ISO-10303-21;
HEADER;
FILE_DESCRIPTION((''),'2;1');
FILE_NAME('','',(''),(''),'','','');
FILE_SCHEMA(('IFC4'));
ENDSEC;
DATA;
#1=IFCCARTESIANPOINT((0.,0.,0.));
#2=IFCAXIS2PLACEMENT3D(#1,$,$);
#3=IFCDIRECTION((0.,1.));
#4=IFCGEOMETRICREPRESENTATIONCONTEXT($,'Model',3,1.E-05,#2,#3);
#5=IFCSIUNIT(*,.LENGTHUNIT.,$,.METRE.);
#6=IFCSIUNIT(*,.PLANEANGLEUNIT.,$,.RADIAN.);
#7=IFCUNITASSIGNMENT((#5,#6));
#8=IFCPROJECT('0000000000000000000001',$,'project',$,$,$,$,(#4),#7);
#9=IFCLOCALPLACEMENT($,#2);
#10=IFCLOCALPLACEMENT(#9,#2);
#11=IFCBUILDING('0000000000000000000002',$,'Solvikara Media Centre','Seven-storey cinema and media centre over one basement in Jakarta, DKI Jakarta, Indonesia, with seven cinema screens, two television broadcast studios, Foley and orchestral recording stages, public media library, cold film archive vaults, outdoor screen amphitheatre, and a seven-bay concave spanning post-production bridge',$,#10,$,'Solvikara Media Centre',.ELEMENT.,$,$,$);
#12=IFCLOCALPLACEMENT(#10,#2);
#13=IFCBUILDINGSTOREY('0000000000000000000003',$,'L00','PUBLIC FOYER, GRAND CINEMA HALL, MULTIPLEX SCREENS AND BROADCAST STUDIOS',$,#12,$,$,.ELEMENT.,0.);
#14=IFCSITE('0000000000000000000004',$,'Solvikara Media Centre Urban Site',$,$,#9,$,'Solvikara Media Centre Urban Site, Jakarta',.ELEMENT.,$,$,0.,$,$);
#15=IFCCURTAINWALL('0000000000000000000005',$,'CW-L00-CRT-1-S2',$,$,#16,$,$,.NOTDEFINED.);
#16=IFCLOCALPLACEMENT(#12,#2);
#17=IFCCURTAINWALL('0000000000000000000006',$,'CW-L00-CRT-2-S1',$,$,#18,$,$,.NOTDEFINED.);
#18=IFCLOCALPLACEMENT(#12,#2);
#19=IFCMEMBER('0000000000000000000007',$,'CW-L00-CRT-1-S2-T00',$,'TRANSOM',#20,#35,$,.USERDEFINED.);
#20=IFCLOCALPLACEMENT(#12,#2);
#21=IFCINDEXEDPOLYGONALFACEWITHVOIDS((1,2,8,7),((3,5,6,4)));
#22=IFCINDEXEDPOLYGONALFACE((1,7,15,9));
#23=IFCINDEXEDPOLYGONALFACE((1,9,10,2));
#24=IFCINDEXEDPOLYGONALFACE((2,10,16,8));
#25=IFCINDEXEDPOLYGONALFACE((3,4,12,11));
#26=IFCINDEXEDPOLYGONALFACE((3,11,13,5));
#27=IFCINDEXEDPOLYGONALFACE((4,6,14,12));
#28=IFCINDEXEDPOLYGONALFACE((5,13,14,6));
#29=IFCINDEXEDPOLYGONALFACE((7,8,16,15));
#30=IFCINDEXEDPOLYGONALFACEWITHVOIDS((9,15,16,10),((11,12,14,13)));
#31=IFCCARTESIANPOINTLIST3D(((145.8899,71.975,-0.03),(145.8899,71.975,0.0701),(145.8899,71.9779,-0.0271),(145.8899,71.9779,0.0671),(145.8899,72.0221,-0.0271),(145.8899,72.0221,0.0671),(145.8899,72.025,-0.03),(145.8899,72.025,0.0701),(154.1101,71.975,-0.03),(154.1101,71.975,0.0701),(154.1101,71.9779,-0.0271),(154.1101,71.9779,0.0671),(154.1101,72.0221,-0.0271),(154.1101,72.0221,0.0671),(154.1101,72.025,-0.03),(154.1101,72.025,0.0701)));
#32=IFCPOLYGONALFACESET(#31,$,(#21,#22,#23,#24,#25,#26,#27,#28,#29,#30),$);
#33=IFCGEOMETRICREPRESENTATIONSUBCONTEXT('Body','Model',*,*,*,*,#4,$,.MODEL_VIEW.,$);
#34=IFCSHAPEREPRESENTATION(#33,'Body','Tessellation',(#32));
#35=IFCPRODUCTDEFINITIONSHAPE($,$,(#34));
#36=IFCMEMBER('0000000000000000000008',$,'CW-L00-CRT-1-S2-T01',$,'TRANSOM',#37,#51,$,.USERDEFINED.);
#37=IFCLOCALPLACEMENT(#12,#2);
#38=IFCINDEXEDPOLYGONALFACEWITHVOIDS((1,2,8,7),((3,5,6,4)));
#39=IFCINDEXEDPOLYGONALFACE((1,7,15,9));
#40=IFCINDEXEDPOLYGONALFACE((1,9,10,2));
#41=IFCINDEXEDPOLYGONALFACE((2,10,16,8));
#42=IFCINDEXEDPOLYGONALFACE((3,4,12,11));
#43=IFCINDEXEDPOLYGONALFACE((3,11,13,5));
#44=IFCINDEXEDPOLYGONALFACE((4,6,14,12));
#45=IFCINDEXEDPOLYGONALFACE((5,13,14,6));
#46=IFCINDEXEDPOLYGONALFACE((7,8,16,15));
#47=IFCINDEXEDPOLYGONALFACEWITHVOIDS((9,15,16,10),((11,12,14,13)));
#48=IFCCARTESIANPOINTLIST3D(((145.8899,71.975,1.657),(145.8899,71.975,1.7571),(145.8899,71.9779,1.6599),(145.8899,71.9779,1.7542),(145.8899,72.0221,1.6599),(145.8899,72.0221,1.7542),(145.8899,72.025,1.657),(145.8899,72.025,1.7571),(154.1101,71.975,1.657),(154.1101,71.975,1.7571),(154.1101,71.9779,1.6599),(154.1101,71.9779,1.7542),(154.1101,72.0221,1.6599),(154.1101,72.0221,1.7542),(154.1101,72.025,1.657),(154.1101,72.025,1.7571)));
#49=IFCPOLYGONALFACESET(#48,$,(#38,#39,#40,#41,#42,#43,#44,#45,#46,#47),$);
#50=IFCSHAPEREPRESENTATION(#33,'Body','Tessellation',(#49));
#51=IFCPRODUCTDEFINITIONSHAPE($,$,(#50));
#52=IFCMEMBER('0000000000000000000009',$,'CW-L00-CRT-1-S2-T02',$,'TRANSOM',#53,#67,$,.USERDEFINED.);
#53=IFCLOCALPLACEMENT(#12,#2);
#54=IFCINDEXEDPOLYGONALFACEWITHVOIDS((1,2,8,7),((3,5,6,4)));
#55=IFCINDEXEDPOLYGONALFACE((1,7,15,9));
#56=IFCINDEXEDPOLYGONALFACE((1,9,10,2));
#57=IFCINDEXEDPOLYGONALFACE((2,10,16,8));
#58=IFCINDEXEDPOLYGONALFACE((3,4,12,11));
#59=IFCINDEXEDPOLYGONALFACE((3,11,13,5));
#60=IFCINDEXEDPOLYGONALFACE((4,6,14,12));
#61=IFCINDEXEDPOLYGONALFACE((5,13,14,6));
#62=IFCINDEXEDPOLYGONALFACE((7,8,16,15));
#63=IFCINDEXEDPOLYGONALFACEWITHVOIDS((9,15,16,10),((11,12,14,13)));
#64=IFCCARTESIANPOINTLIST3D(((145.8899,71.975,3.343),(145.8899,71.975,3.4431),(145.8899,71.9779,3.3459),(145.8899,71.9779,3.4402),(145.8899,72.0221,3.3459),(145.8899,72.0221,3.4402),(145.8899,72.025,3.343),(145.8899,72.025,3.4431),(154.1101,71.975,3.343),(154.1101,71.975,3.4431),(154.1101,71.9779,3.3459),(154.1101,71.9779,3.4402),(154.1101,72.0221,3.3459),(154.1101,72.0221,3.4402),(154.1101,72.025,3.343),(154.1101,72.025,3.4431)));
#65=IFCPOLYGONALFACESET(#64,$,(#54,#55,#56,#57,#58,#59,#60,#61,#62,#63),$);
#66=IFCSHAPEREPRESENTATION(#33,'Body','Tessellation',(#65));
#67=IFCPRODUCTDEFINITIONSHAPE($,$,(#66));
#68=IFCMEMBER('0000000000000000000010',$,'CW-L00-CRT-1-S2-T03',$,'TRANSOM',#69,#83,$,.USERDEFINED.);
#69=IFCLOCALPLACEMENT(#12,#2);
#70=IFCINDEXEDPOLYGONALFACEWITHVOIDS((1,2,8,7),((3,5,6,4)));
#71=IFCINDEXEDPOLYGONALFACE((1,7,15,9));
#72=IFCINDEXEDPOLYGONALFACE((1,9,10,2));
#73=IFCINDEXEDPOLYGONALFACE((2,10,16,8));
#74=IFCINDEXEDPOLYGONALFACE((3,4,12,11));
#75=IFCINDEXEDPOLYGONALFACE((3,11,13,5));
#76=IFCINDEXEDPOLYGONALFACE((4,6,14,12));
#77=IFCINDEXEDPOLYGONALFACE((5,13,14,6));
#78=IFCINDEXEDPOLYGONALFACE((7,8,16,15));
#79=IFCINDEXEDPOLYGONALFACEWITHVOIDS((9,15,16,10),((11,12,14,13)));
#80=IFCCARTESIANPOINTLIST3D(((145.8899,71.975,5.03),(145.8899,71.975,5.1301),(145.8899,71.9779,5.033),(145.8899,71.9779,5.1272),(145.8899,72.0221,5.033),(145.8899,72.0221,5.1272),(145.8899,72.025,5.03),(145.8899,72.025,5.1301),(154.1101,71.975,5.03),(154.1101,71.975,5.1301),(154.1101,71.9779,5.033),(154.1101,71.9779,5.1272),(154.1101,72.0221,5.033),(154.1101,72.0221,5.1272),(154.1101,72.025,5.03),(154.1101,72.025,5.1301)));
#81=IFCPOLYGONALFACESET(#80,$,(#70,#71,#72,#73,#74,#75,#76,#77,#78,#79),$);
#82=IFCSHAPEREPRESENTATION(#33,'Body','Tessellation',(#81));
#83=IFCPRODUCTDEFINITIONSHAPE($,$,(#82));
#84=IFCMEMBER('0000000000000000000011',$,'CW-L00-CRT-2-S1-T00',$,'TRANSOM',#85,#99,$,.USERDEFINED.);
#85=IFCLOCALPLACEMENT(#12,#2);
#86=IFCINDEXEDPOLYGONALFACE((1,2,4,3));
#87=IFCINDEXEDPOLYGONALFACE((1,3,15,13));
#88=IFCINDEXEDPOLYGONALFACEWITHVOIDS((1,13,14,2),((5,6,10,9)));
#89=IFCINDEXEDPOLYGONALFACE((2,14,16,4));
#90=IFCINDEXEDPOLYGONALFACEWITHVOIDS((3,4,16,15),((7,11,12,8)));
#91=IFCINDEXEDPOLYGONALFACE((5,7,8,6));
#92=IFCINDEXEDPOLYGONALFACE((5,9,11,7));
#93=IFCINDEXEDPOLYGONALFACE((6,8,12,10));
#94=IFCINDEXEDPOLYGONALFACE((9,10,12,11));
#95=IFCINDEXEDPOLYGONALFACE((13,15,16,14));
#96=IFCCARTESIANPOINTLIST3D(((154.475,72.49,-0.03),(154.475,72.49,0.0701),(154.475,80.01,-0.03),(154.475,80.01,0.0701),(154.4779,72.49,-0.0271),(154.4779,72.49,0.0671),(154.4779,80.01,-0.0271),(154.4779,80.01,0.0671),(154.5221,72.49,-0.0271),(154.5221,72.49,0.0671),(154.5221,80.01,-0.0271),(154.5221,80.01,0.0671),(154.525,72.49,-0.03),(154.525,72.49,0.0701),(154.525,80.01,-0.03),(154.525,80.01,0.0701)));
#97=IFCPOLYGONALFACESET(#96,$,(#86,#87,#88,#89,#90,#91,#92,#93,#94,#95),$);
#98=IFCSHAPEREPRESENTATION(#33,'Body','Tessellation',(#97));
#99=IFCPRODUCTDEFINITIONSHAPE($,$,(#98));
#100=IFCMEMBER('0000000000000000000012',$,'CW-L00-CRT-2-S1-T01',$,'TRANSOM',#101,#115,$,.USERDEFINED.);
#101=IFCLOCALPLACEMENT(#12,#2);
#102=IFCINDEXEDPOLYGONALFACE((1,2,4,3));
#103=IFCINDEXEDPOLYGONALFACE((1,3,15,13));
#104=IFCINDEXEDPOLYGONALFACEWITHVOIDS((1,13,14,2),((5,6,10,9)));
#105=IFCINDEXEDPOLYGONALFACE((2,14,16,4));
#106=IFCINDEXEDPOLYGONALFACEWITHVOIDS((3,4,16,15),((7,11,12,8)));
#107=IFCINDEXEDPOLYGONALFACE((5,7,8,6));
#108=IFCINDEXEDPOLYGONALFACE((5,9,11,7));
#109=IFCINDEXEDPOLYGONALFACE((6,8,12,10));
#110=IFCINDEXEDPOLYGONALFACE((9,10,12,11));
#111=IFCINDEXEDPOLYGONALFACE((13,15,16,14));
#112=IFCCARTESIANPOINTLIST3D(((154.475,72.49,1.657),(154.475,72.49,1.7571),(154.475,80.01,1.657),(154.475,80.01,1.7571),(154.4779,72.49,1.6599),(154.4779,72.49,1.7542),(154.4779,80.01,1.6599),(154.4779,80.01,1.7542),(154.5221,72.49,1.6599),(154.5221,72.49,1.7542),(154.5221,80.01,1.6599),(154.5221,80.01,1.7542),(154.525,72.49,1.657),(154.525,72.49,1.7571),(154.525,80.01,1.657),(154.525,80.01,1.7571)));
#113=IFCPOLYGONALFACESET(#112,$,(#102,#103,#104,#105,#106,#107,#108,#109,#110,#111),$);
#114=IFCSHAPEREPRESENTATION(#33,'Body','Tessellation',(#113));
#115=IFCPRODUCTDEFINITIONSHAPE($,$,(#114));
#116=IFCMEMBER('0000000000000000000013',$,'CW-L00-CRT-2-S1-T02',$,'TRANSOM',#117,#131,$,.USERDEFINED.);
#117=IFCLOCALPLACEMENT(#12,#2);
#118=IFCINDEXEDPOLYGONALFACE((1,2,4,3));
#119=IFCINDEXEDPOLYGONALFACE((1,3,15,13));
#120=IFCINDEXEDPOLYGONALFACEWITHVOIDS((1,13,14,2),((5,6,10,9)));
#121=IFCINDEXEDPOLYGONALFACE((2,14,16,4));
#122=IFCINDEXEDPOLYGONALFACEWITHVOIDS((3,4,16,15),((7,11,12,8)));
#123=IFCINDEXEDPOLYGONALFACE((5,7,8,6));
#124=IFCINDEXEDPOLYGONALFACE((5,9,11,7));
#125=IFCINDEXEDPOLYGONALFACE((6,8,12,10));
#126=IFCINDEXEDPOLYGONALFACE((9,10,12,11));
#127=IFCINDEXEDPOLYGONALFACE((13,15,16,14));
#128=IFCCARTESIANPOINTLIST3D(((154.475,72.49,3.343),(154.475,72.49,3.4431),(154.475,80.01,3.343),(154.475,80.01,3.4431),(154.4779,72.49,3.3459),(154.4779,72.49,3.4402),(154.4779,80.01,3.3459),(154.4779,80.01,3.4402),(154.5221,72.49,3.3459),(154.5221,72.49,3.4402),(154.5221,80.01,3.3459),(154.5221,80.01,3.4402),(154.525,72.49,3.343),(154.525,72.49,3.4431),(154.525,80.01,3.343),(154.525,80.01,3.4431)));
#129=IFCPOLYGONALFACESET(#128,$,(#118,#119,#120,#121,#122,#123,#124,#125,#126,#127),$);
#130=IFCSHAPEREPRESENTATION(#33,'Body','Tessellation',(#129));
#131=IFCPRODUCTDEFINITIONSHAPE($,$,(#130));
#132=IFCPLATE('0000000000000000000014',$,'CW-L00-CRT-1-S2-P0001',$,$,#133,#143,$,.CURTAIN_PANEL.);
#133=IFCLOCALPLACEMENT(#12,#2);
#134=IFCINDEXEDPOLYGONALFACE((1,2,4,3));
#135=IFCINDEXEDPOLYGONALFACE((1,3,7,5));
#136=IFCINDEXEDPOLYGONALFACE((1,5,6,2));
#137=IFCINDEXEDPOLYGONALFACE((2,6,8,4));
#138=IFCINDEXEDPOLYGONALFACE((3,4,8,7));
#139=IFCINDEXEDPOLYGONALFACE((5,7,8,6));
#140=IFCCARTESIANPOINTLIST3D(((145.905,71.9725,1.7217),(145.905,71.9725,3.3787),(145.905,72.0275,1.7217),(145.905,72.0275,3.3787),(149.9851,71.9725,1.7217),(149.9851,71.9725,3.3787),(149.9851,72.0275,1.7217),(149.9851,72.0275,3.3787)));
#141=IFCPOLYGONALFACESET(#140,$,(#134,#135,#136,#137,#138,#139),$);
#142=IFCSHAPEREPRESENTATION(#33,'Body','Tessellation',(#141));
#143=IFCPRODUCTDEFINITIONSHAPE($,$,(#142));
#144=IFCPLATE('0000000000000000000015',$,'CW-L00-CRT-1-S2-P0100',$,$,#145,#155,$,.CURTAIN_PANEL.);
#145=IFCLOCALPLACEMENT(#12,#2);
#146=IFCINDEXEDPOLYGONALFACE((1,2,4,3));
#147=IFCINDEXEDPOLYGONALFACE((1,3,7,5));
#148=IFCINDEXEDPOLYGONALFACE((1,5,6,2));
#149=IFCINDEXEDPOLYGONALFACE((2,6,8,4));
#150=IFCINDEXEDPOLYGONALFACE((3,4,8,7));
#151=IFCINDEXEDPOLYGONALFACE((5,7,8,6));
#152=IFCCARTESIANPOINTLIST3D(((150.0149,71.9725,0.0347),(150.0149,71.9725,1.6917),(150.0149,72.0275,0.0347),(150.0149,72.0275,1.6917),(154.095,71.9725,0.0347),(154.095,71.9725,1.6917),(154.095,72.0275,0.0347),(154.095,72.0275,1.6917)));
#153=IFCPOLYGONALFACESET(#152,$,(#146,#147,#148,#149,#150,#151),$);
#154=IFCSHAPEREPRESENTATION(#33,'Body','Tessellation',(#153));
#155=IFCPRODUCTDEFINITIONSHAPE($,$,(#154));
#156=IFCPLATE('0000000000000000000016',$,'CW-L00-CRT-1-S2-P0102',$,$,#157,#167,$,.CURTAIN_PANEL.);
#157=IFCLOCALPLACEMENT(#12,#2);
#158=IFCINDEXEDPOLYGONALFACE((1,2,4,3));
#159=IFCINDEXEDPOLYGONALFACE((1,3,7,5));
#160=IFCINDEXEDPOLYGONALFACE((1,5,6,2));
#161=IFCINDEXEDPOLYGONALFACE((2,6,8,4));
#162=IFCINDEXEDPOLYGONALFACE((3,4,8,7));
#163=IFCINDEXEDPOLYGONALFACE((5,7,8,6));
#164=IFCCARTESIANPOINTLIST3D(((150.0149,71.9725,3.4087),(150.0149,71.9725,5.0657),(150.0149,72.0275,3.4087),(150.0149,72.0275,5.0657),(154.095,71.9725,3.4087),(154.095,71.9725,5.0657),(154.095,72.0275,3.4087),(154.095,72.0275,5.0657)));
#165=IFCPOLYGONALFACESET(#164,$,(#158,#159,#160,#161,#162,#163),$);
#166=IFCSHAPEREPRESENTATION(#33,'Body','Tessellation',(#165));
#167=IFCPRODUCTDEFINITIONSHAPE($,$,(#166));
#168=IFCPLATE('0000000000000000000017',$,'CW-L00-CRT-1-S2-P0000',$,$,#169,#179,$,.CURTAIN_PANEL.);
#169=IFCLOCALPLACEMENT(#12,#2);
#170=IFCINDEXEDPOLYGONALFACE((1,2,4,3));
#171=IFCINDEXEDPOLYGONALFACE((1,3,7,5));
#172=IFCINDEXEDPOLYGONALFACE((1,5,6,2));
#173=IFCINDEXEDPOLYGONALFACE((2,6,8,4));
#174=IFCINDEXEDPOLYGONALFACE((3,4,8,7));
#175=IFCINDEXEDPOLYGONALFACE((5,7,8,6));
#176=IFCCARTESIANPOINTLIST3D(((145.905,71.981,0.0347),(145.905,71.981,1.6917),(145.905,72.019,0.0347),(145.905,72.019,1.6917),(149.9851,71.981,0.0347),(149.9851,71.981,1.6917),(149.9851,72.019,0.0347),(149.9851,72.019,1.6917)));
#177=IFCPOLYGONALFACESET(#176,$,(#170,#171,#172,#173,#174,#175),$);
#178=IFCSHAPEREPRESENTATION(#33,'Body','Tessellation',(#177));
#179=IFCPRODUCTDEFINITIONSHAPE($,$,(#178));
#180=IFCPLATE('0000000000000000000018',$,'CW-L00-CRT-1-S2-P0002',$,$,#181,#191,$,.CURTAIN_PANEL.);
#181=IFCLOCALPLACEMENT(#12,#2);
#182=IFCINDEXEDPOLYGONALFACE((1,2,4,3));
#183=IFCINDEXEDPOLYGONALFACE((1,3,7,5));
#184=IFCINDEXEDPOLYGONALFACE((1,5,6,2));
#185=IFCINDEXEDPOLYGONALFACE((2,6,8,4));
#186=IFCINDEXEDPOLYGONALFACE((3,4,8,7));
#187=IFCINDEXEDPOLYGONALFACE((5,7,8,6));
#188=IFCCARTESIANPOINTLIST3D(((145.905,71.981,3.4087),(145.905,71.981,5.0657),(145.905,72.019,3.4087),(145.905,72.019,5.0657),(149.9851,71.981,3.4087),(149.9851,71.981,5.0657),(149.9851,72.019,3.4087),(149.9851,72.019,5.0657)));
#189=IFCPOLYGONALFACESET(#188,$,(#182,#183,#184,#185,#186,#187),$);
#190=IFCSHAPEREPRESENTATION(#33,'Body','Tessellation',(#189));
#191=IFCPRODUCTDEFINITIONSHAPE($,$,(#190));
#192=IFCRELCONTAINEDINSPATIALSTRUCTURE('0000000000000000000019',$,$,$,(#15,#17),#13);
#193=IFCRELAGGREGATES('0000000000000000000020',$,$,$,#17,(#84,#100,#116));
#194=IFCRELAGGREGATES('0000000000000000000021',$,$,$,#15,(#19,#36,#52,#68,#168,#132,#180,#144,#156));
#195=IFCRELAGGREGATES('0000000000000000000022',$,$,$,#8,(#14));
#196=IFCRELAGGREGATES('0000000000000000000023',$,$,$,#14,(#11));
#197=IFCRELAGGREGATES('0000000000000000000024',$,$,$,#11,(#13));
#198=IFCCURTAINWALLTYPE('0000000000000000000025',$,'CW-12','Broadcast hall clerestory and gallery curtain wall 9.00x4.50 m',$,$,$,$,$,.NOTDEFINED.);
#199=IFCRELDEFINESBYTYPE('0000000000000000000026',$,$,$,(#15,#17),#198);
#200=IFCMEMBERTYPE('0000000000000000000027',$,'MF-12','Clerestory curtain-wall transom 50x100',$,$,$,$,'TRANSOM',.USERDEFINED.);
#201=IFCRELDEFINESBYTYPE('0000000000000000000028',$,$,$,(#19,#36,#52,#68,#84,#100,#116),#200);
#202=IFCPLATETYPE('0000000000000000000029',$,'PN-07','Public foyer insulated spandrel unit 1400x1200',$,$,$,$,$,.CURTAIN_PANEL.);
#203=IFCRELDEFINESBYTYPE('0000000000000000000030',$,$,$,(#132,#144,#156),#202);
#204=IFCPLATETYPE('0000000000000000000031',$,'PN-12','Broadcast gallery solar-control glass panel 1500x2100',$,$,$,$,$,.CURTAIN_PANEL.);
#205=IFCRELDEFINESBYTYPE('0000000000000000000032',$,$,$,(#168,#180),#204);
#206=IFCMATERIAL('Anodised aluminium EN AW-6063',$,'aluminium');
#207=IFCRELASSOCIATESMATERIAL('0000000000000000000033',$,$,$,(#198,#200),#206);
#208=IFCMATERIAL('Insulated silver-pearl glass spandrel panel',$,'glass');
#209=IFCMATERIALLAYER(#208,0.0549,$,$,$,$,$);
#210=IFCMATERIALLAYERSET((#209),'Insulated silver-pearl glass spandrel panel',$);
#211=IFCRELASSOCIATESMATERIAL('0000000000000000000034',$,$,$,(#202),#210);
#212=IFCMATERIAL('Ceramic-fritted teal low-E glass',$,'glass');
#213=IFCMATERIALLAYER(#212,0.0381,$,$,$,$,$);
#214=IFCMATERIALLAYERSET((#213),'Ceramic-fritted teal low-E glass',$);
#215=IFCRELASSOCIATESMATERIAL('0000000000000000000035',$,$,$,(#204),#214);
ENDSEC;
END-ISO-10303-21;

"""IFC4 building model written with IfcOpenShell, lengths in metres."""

from ifc_helpers import new_model, si_unit, direction, frame, origin, origin_2d, place, context, subcontext, project, spatial, rectangle, hollow_rectangle, extrude, material, layer, layer_set, material_profile, profile_set, type_object, element, aggregate, save


model = new_model("IFC4")

# Units and contexts
model_context = context("Model", 3, precision=1e-05, world=origin(), true_north=direction((0.0, 1.0)))
body_context = subcontext(model_context, "Body", "Model", "MODEL_VIEW")
ifc_project = project(units=[si_unit("LENGTHUNIT", "METRE"), si_unit("PLANEANGLEUNIT", "RADIAN")], contexts=[model_context])

# Site, building, storey
site_placement = place(None, origin())
site = spatial("IfcSite", under=ifc_project, at=site_placement, Name="Solvikara Media Centre Urban Site", LongName="Solvikara Media Centre Urban Site, Jakarta", CompositionType="ELEMENT", RefElevation=0.0)
building_placement = place(site_placement, origin())
building = spatial("IfcBuilding", under=site, at=building_placement, Name="Solvikara Media Centre", Description="Seven-storey cinema and media centre over one basement in Jakarta, DKI Jakarta, Indonesia, with seven cinema screens, two television broadcast studios, Foley and orchestral recording stages, public media library, cold film archive vaults, outdoor screen amphitheatre, and a seven-bay concave spanning post-production bridge", LongName="Solvikara Media Centre", CompositionType="ELEMENT")
storey_placement = place(building_placement, origin())
storey = spatial("IfcBuildingStorey", under=building, at=storey_placement, Name="L00", Description="PUBLIC FOYER, GRAND CINEMA HALL, MULTIPLEX SCREENS AND BROADCAST STUDIOS", CompositionType="ELEMENT", Elevation=0.0)

# Shared definitions
ifc_material_1 = material(Name="Anodised aluminium EN AW-6063", Category="aluminium")
curtain_wall_type = type_object("IfcCurtainWallType", Name="CW-12", Description="Broadcast hall clerestory and gallery curtain wall 9.00x4.50 m", PredefinedType="NOTDEFINED", material=ifc_material_1)

# Curtain wall
curtain_wall_1_placement = place(storey_placement, origin())
curtain_wall_1 = element("IfcCurtainWall", 1, at=curtain_wall_1_placement, inside=storey, type_object=curtain_wall_type, Name="CW-L00-CRT-1-S2", PredefinedType="NOTDEFINED")

# Curtain wall
curtain_wall_2_placement = place(storey_placement, origin())
curtain_wall_2 = element("IfcCurtainWall", 2, at=curtain_wall_2_placement, inside=storey, type_object=curtain_wall_type, Name="CW-L00-CRT-2-S1", PredefinedType="NOTDEFINED")

# Members
ifc_material_profile_1 = material_profile(ifc_material_1, hollow_rectangle(XDim=0.05, YDim=0.1001, WallThickness=0.0029, at=origin_2d()), Name="ALU-T 50x100x3")
ifc_profile_set_1 = profile_set([ifc_material_profile_1], Name="Anodised aluminium EN AW-6063")
member_type_1 = type_object("IfcMemberType", Name="MF-12", Description="Clerestory curtain-wall transom 50x100", ElementType="TRANSOM", PredefinedType="USERDEFINED", material=ifc_profile_set_1)
member_1_placement = place(storey_placement, frame((145.8899, 72.0, 0.02), z_axis=(1.0, 0.0, 0.0), x_axis=(0.0, 1.0, 0.0)))
member_1 = element("IfcMember", 3, at=member_1_placement, type_object=member_type_1, Name="CW-L00-CRT-1-S2-T00", ObjectType="TRANSOM", PredefinedType="USERDEFINED", context=body_context, shape_type="SweptSolid", body=[
    extrude(hollow_rectangle(XDim=0.05, YDim=0.1001, WallThickness=0.0029, at=origin_2d()), origin(), (0.0, 0.0, 1.0), 8.2202),
])
member_2_placement = place(storey_placement, frame((145.8899, 72.0, 1.707), z_axis=(1.0, 0.0, 0.0), x_axis=(0.0, 1.0, 0.0)))
member_2 = element("IfcMember", 4, at=member_2_placement, type_object=member_type_1, Name="CW-L00-CRT-1-S2-T01", ObjectType="TRANSOM", PredefinedType="USERDEFINED", context=body_context, shape_type="SweptSolid", body=[
    extrude(hollow_rectangle(XDim=0.05, YDim=0.1001, WallThickness=0.0029, at=origin_2d()), origin(), (0.0, 0.0, 1.0), 8.2202),
])
member_3_placement = place(storey_placement, frame((145.8899, 72.0, 3.3931), z_axis=(1.0, 0.0, 0.0), x_axis=(0.0, 1.0, 0.0)))
member_3 = element("IfcMember", 5, at=member_3_placement, type_object=member_type_1, Name="CW-L00-CRT-1-S2-T02", ObjectType="TRANSOM", PredefinedType="USERDEFINED", context=body_context, shape_type="SweptSolid", body=[
    extrude(hollow_rectangle(XDim=0.05, YDim=0.1001, WallThickness=0.0029, at=origin_2d()), origin(), (0.0, 0.0, 1.0), 8.2202),
])
member_4_placement = place(storey_placement, frame((145.8899, 72.0, 5.0801), z_axis=(1.0, 0.0, 0.0), x_axis=(0.0, 1.0, 0.0)))
member_4 = element("IfcMember", 6, at=member_4_placement, type_object=member_type_1, Name="CW-L00-CRT-1-S2-T03", ObjectType="TRANSOM", PredefinedType="USERDEFINED", context=body_context, shape_type="SweptSolid", body=[
    extrude(hollow_rectangle(XDim=0.05, YDim=0.1001, WallThickness=0.0029, at=origin_2d()), origin(), (0.0, 0.0, 1.0), 8.2202),
])
member_5_placement = place(storey_placement, frame((154.5, 72.49, 0.02), z_axis=(0.0, 1.0, 0.0), x_axis=(-1.0, 0.0, 0.0)))
member_5 = element("IfcMember", 7, at=member_5_placement, type_object=member_type_1, Name="CW-L00-CRT-2-S1-T00", ObjectType="TRANSOM", PredefinedType="USERDEFINED", context=body_context, shape_type="SweptSolid", body=[
    extrude(hollow_rectangle(XDim=0.05, YDim=0.1001, WallThickness=0.0029, at=origin_2d()), origin(), (0.0, 0.0, 1.0), 7.52),
])
member_6_placement = place(storey_placement, frame((154.5, 72.49, 1.707), z_axis=(0.0, 1.0, 0.0), x_axis=(-1.0, 0.0, 0.0)))
member_6 = element("IfcMember", 8, at=member_6_placement, type_object=member_type_1, Name="CW-L00-CRT-2-S1-T01", ObjectType="TRANSOM", PredefinedType="USERDEFINED", context=body_context, shape_type="SweptSolid", body=[
    extrude(hollow_rectangle(XDim=0.05, YDim=0.1001, WallThickness=0.0029, at=origin_2d()), origin(), (0.0, 0.0, 1.0), 7.52),
])
member_7_placement = place(storey_placement, frame((154.5, 72.49, 3.3931), z_axis=(0.0, 1.0, 0.0), x_axis=(-1.0, 0.0, 0.0)))
member_7 = element("IfcMember", 9, at=member_7_placement, type_object=member_type_1, Name="CW-L00-CRT-2-S1-T02", ObjectType="TRANSOM", PredefinedType="USERDEFINED", context=body_context, shape_type="SweptSolid", body=[
    extrude(hollow_rectangle(XDim=0.05, YDim=0.1001, WallThickness=0.0029, at=origin_2d()), origin(), (0.0, 0.0, 1.0), 7.52),
])
aggregate(curtain_wall_2, [member_5, member_6, member_7])

# Plates
ifc_material_2 = material(Name="Insulated silver-pearl glass spandrel panel", Category="glass")
ifc_layer_1 = layer(ifc_material_2, 0.0549)
ifc_layer_set_1 = layer_set([ifc_layer_1], Name="Insulated silver-pearl glass spandrel panel")
plate_type_1 = type_object("IfcPlateType", Name="PN-07", Description="Public foyer insulated spandrel unit 1400x1200", PredefinedType="CURTAIN_PANEL", material=ifc_layer_set_1)
plate_1_placement = place(storey_placement, frame((147.9451, 72.0, 1.7217), z_axis=(0.0, 0.0, 1.0), x_axis=(1.0, 0.0, 0.0)))
plate_1 = element("IfcPlate", 10, at=plate_1_placement, type_object=plate_type_1, Name="CW-L00-CRT-1-S2-P0001", PredefinedType="CURTAIN_PANEL", context=body_context, shape_type="SweptSolid", body=[
    extrude(rectangle(XDim=4.0801, YDim=0.0549, at=origin_2d()), origin(), (0.0, 0.0, 1.0), 1.657),
])
plate_2_placement = place(storey_placement, frame((152.0549, 72.0, 0.0347), z_axis=(0.0, 0.0, 1.0), x_axis=(1.0, 0.0, 0.0)))
plate_2 = element("IfcPlate", 11, at=plate_2_placement, type_object=plate_type_1, Name="CW-L00-CRT-1-S2-P0100", PredefinedType="CURTAIN_PANEL", context=body_context, shape_type="SweptSolid", body=[
    extrude(rectangle(XDim=4.0801, YDim=0.0549, at=origin_2d()), origin(), (0.0, 0.0, 1.0), 1.657),
])
plate_3_placement = place(storey_placement, frame((152.0549, 72.0, 3.4087), z_axis=(0.0, 0.0, 1.0), x_axis=(1.0, 0.0, 0.0)))
plate_3 = element("IfcPlate", 12, at=plate_3_placement, type_object=plate_type_1, Name="CW-L00-CRT-1-S2-P0102", PredefinedType="CURTAIN_PANEL", context=body_context, shape_type="SweptSolid", body=[
    extrude(rectangle(XDim=4.0801, YDim=0.0549, at=origin_2d()), origin(), (0.0, 0.0, 1.0), 1.657),
])
ifc_material_3 = material(Name="Ceramic-fritted teal low-E glass", Category="glass")
ifc_layer_2 = layer(ifc_material_3, 0.0381)
ifc_layer_set_2 = layer_set([ifc_layer_2], Name="Ceramic-fritted teal low-E glass")
plate_type_2 = type_object("IfcPlateType", Name="PN-12", Description="Broadcast gallery solar-control glass panel 1500x2100", PredefinedType="CURTAIN_PANEL", material=ifc_layer_set_2)
plate_4_placement = place(storey_placement, frame((147.9451, 72.0, 0.0347), z_axis=(0.0, 0.0, 1.0), x_axis=(1.0, 0.0, 0.0)))
plate_4 = element("IfcPlate", 13, at=plate_4_placement, type_object=plate_type_2, Name="CW-L00-CRT-1-S2-P0000", PredefinedType="CURTAIN_PANEL", context=body_context, shape_type="SweptSolid", body=[
    extrude(rectangle(XDim=4.0801, YDim=0.0381, at=origin_2d()), origin(), (0.0, 0.0, 1.0), 1.657),
])
plate_5_placement = place(storey_placement, frame((147.9451, 72.0, 3.4087), z_axis=(0.0, 0.0, 1.0), x_axis=(1.0, 0.0, 0.0)))
plate_5 = element("IfcPlate", 14, at=plate_5_placement, type_object=plate_type_2, Name="CW-L00-CRT-1-S2-P0002", PredefinedType="CURTAIN_PANEL", context=body_context, shape_type="SweptSolid", body=[
    extrude(rectangle(XDim=4.0801, YDim=0.0381, at=origin_2d()), origin(), (0.0, 0.0, 1.0), 1.657),
])
aggregate(curtain_wall_1, [member_1, member_2, member_3, member_4, plate_4, plate_1, plate_5, plate_2, plate_3])

save(model, "model.ifc")
